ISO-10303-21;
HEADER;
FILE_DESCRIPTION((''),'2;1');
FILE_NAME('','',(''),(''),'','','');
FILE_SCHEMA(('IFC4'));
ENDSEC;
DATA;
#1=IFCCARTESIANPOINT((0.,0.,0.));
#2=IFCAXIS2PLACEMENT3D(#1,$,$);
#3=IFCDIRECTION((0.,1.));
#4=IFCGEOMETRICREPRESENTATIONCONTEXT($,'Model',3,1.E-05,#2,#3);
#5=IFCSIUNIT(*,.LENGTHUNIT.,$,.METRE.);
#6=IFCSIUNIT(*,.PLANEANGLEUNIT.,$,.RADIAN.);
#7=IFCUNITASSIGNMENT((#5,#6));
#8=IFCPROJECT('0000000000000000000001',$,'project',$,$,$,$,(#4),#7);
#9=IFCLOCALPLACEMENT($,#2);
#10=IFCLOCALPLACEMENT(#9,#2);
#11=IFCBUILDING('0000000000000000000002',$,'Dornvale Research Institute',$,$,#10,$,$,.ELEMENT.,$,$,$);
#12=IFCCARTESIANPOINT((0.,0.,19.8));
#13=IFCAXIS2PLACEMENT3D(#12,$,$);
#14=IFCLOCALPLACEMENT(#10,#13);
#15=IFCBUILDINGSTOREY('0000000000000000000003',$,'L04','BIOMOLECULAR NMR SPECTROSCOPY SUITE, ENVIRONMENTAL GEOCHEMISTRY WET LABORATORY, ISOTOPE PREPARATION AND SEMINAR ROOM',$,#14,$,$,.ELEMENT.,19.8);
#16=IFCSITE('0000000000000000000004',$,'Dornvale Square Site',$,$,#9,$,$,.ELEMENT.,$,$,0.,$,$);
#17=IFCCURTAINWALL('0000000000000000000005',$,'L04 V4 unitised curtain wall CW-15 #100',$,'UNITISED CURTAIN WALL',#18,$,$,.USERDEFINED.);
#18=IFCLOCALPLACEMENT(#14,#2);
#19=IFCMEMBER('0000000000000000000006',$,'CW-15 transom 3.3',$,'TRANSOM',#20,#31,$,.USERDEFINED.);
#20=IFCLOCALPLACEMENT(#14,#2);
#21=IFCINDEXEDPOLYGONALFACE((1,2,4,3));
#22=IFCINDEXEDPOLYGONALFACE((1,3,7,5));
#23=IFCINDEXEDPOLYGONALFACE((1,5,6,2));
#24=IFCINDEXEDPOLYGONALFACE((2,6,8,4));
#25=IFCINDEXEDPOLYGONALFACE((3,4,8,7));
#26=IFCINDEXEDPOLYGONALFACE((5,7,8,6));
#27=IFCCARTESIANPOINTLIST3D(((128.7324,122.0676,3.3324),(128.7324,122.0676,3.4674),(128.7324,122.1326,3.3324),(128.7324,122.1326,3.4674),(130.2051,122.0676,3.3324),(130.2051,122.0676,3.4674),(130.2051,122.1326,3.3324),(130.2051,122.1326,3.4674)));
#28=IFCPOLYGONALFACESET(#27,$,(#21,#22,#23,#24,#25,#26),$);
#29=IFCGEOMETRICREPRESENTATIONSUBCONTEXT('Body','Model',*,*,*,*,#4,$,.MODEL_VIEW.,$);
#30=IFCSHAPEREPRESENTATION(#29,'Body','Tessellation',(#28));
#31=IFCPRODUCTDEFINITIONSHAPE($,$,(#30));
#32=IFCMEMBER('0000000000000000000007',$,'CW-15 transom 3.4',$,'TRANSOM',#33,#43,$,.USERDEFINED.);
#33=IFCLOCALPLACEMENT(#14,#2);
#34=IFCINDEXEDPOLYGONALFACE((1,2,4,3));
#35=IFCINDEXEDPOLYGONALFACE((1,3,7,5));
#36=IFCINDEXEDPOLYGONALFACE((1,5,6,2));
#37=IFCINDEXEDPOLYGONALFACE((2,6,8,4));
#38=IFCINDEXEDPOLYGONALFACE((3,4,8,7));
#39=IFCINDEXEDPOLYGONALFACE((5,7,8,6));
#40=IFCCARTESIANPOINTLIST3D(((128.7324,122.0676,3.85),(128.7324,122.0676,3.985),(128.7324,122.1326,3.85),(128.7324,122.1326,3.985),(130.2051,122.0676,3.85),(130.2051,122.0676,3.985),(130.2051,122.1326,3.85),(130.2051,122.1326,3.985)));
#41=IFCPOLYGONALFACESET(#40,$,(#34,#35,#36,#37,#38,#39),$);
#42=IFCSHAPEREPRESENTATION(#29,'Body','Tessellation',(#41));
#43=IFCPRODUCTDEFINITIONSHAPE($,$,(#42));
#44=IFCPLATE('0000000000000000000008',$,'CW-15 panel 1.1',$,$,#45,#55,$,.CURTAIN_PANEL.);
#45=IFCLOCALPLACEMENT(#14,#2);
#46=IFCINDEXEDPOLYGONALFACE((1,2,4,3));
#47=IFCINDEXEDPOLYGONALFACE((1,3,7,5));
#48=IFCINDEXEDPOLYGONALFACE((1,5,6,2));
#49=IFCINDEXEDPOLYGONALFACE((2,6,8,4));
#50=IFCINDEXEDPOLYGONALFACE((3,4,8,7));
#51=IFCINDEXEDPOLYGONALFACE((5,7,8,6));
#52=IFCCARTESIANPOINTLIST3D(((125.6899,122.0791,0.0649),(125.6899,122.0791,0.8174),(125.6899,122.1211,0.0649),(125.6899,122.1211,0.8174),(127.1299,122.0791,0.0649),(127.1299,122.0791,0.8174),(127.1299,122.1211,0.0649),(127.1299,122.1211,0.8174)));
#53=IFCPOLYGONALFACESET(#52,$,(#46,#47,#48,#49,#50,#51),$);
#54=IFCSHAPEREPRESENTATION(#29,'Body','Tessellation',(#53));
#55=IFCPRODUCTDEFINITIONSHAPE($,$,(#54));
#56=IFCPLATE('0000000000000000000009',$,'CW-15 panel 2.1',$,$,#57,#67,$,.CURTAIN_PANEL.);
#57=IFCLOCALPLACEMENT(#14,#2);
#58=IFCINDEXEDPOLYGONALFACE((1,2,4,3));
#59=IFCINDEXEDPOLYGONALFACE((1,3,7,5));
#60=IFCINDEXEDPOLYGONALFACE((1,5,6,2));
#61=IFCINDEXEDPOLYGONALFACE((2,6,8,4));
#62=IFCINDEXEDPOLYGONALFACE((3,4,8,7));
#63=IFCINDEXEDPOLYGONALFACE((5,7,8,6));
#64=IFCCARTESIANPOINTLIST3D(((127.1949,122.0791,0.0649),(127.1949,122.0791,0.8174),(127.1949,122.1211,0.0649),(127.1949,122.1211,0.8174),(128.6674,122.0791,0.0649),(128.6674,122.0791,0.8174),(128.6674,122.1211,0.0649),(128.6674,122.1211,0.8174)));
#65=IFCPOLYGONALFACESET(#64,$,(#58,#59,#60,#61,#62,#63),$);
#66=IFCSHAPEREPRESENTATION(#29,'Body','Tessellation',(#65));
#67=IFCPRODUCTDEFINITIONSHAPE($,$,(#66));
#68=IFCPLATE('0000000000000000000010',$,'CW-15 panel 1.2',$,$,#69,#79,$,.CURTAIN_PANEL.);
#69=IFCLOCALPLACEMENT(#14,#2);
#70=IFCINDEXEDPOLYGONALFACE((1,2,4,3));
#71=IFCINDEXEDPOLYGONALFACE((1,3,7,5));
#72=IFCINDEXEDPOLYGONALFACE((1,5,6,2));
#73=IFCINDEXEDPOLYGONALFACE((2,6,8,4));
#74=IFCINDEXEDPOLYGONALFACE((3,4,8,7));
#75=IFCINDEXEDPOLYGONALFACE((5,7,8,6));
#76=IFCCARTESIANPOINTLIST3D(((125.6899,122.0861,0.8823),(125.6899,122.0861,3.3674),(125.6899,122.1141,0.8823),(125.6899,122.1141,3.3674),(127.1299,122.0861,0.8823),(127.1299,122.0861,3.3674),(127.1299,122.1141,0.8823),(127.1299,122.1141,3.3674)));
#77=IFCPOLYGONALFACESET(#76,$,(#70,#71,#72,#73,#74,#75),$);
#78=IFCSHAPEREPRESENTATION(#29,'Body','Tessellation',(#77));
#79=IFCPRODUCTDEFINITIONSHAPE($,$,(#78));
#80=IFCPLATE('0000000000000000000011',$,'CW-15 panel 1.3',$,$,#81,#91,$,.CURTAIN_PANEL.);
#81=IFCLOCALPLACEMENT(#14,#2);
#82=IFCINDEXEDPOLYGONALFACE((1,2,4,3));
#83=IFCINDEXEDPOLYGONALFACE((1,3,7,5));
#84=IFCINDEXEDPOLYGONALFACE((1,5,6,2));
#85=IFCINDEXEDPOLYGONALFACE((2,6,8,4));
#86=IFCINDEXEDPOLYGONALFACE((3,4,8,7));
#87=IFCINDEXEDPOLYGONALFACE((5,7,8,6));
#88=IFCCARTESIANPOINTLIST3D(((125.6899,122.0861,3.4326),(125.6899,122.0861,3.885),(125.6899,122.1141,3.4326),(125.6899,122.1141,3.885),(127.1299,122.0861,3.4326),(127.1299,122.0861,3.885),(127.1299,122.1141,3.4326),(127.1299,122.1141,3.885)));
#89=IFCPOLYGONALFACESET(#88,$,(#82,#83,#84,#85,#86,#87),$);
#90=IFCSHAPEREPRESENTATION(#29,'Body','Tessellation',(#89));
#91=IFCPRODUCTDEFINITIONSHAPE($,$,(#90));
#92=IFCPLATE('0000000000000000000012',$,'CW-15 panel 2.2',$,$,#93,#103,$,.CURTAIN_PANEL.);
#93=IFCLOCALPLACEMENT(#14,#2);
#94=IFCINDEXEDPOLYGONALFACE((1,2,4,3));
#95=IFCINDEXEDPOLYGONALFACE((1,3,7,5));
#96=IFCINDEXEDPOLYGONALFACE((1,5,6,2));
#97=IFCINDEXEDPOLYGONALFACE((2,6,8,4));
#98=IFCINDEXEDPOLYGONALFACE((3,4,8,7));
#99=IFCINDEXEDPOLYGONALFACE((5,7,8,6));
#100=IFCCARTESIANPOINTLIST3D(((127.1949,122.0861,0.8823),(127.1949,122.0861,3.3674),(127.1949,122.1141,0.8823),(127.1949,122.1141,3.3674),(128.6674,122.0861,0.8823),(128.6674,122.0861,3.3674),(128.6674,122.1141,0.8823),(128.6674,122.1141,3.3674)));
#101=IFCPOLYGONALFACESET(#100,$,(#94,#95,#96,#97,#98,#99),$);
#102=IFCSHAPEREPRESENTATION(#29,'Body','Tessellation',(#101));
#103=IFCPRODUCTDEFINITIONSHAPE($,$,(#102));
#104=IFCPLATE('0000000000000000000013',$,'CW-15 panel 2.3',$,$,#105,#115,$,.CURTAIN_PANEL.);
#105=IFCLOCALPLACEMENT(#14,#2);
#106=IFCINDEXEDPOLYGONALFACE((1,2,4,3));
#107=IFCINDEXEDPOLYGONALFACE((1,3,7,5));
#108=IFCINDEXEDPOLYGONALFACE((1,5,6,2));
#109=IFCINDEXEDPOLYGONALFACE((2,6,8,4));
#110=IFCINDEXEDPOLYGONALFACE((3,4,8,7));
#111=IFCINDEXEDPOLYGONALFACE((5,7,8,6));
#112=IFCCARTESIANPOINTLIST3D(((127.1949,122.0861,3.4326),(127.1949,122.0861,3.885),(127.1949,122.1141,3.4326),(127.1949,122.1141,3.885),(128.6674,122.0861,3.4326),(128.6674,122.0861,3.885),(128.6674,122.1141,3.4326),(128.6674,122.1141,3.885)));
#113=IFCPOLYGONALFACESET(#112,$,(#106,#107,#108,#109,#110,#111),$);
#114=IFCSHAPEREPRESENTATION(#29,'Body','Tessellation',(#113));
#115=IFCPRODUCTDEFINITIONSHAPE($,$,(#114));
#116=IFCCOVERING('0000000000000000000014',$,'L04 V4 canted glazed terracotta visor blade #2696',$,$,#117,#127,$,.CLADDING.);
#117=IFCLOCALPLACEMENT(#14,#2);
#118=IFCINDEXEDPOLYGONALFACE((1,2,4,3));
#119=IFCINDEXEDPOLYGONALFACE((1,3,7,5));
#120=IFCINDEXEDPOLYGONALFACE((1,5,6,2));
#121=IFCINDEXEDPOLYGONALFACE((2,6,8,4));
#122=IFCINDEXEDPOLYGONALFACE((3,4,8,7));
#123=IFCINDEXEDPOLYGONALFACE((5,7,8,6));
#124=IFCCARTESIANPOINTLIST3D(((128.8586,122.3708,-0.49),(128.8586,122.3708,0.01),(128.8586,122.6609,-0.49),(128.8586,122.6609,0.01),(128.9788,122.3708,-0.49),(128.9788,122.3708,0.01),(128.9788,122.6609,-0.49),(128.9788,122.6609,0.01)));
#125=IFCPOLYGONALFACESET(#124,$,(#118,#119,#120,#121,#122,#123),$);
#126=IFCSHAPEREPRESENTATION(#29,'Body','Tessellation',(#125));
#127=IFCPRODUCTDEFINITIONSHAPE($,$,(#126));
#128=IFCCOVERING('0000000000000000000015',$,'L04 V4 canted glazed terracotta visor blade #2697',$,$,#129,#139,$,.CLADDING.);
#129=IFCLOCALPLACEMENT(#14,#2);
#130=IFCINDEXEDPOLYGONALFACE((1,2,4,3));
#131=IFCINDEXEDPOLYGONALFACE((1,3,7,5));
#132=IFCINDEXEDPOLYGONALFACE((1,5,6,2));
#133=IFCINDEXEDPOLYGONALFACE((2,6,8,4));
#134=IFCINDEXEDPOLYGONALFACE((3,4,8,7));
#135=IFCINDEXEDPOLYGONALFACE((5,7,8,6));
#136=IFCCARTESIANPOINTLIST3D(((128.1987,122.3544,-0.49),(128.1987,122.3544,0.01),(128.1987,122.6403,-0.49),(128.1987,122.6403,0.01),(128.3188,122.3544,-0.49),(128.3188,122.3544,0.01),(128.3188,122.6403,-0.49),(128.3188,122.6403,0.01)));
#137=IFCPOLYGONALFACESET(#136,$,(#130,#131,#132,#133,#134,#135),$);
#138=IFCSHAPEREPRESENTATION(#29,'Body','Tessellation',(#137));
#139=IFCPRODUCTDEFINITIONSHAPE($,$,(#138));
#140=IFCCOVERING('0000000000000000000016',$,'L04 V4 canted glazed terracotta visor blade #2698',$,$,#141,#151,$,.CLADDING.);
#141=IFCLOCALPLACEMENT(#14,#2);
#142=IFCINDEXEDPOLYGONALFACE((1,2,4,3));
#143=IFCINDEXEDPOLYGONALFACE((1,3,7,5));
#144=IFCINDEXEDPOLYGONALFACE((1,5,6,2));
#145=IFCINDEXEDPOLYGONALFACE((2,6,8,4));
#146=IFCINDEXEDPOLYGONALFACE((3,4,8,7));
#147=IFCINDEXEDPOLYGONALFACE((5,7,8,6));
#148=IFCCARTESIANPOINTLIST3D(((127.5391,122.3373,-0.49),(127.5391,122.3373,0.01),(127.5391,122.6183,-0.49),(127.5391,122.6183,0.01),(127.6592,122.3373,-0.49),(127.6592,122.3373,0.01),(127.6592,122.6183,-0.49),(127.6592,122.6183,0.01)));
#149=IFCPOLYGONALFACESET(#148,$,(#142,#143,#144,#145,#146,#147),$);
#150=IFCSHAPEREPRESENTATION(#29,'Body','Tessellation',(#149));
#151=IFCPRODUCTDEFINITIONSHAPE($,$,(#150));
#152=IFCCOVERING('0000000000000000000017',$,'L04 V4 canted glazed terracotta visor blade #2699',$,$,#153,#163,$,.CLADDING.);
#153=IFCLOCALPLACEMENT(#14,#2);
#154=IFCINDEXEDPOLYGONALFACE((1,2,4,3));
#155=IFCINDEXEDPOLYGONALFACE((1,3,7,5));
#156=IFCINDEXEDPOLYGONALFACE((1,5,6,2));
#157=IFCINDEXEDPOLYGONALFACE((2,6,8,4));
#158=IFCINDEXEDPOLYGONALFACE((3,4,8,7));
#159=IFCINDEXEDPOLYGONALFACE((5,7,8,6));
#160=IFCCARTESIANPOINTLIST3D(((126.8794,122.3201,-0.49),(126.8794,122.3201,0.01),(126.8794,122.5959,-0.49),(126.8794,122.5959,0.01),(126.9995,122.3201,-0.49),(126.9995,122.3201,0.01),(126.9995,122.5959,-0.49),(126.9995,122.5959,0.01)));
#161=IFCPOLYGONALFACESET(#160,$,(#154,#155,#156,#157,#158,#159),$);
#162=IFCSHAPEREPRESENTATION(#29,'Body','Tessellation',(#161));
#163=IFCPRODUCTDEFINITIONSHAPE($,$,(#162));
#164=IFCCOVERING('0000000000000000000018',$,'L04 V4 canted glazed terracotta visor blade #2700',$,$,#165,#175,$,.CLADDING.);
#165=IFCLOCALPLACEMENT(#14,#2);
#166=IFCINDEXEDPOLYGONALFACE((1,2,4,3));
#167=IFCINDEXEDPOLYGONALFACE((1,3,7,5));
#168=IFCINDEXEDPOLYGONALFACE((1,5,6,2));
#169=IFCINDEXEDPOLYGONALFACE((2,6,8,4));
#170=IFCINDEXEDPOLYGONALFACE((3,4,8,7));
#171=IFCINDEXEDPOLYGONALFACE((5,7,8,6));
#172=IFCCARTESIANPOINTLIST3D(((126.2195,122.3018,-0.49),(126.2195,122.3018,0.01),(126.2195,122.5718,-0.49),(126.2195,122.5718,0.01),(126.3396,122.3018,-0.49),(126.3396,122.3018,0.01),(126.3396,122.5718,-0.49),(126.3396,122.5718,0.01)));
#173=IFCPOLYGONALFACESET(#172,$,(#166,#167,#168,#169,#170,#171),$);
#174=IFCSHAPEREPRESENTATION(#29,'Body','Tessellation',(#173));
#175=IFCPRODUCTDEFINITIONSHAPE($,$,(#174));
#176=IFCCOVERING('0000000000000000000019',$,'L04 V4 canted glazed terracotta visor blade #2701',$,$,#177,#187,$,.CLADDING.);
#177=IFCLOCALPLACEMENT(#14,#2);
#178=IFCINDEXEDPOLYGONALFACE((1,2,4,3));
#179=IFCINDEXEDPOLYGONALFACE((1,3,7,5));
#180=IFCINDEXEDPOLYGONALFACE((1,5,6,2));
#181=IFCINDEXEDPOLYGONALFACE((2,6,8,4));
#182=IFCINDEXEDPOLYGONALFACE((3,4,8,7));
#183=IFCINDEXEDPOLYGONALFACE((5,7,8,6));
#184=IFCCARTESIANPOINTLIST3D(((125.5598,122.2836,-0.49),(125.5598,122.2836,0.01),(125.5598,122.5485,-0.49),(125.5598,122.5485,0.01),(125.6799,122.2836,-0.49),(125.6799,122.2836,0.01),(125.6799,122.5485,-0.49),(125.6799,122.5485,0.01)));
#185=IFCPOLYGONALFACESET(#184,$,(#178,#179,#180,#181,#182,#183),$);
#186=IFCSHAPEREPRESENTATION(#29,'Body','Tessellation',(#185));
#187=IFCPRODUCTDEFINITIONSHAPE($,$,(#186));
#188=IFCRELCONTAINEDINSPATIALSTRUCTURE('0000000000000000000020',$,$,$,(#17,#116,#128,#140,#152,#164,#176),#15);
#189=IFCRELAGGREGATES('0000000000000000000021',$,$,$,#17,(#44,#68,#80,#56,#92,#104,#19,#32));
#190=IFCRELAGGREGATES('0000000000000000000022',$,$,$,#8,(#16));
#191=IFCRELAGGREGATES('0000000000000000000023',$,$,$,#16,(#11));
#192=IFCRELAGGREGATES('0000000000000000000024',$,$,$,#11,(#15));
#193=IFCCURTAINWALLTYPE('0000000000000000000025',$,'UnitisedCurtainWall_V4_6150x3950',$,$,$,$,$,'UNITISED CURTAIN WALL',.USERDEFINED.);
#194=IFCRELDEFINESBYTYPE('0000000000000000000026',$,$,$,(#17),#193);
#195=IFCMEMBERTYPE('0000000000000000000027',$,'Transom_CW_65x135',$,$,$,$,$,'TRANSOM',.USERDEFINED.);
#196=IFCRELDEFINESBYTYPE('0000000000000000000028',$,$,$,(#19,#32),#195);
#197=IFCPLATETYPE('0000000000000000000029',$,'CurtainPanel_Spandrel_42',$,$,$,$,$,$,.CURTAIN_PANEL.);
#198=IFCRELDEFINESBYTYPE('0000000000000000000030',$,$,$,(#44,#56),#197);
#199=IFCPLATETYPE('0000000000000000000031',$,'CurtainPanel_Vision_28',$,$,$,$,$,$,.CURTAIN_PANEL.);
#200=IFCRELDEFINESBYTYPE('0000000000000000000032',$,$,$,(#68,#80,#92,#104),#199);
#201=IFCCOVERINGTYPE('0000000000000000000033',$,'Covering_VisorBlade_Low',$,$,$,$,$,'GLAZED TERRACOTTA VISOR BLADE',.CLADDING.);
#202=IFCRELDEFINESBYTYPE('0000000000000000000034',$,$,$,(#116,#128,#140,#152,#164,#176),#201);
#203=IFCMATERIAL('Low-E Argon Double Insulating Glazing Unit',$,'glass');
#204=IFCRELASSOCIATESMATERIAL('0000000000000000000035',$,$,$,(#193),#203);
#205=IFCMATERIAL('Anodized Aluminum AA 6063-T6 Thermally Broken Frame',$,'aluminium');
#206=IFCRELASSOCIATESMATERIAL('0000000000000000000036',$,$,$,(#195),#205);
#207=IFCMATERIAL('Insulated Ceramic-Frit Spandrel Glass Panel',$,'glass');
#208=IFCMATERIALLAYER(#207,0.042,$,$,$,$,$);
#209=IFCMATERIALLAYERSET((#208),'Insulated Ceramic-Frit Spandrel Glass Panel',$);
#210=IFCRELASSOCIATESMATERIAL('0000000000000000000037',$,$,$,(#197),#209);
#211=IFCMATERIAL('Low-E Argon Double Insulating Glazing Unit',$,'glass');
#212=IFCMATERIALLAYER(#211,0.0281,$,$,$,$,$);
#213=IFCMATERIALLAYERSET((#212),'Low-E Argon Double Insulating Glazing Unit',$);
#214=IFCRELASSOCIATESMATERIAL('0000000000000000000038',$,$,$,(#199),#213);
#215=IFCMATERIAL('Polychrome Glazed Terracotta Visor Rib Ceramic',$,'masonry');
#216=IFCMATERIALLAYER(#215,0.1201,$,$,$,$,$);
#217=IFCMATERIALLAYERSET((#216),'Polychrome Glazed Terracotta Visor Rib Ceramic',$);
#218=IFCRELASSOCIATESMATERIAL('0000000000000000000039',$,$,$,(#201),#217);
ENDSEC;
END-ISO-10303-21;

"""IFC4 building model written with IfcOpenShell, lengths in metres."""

from ifc_helpers import new_model, si_unit, direction, frame, origin, origin_2d, place, context, subcontext, project, spatial, rectangle, extrude, material, layer, layer_set, material_profile, profile_set, type_object, element, aggregate, save


model = new_model("IFC4")

# Units and contexts
model_context = context("Model", 3, precision=1e-05, world=origin(), true_north=direction((0.0, 1.0)))
body_context = subcontext(model_context, "Body", "Model", "MODEL_VIEW")
ifc_project = project(units=[si_unit("LENGTHUNIT", "METRE"), si_unit("PLANEANGLEUNIT", "RADIAN")], contexts=[model_context])

# Site, building, storey
site_placement = place(None, origin())
site = spatial("IfcSite", under=ifc_project, at=site_placement, Name="Dornvale Square Site", CompositionType="ELEMENT", RefElevation=0.0)
building_placement = place(site_placement, origin())
building = spatial("IfcBuilding", under=site, at=building_placement, Name="Dornvale Research Institute", CompositionType="ELEMENT")
storey_placement = place(building_placement, frame((0.0, 0.0, 19.8)))
storey = spatial("IfcBuildingStorey", under=building, at=storey_placement, Name="L04", Description="BIOMOLECULAR NMR SPECTROSCOPY SUITE, ENVIRONMENTAL GEOCHEMISTRY WET LABORATORY, ISOTOPE PREPARATION AND SEMINAR ROOM", CompositionType="ELEMENT", Elevation=19.8)

# Curtain wall
ifc_material_1 = material(Name="Low-E Argon Double Insulating Glazing Unit", Category="glass")
curtain_wall_type = type_object("IfcCurtainWallType", Name="UnitisedCurtainWall_V4_6150x3950", ElementType="UNITISED CURTAIN WALL", PredefinedType="USERDEFINED", material=ifc_material_1)
curtain_wall_placement = place(storey_placement, origin())
curtain_wall = element("IfcCurtainWall", 1, at=curtain_wall_placement, inside=storey, type_object=curtain_wall_type, Name="L04 V4 unitised curtain wall CW-15 #100", ObjectType="UNITISED CURTAIN WALL", PredefinedType="USERDEFINED")

# Members
ifc_material_2 = material(Name="Anodized Aluminum AA 6063-T6 Thermally Broken Frame", Category="aluminium")
ifc_material_profile_1 = material_profile(ifc_material_2, rectangle(XDim=0.0649, YDim=0.135, at=origin_2d()), Name="ALU TRANSOM 65x135")
ifc_profile_set_1 = profile_set([ifc_material_profile_1], Name="Anodized Aluminum AA 6063-T6 Thermally Broken Frame")
member_type_1 = type_object("IfcMemberType", Name="Transom_CW_65x135", ElementType="TRANSOM", PredefinedType="USERDEFINED", material=ifc_profile_set_1)
member_1_placement = place(storey_placement, frame((128.7324, 122.1001, 3.3999), z_axis=(1.0, 0.0, 0.0), x_axis=(0.0, 1.0, 0.0)))
member_1 = element("IfcMember", 2, at=member_1_placement, type_object=member_type_1, Name="CW-15 transom 3.3", ObjectType="TRANSOM", PredefinedType="USERDEFINED", context=body_context, shape_type="SweptSolid", body=[
    extrude(rectangle(XDim=0.0649, YDim=0.135, at=origin_2d()), origin(), (0.0, 0.0, 1.0), 1.4727),
])
member_2_placement = place(storey_placement, frame((128.7324, 122.1001, 3.9175), z_axis=(1.0, 0.0, 0.0), x_axis=(0.0, 1.0, 0.0)))
member_2 = element("IfcMember", 3, at=member_2_placement, type_object=member_type_1, Name="CW-15 transom 3.4", ObjectType="TRANSOM", PredefinedType="USERDEFINED", context=body_context, shape_type="SweptSolid", body=[
    extrude(rectangle(XDim=0.0649, YDim=0.135, at=origin_2d()), origin(), (0.0, 0.0, 1.0), 1.4727),
])

# Plates
ifc_material_3 = material(Name="Insulated Ceramic-Frit Spandrel Glass Panel", Category="glass")
ifc_layer_1 = layer(ifc_material_3, 0.042)
ifc_layer_set_1 = layer_set([ifc_layer_1], Name="Insulated Ceramic-Frit Spandrel Glass Panel")
plate_type_1 = type_object("IfcPlateType", Name="CurtainPanel_Spandrel_42", PredefinedType="CURTAIN_PANEL", material=ifc_layer_set_1)
plate_1_placement = place(storey_placement, frame((126.4099, 122.1001, 0.0649), z_axis=(0.0, 0.0, 1.0), x_axis=(1.0, 0.0, 0.0)))
plate_1 = element("IfcPlate", 4, at=plate_1_placement, type_object=plate_type_1, Name="CW-15 panel 1.1", PredefinedType="CURTAIN_PANEL", context=body_context, shape_type="SweptSolid", body=[
    extrude(rectangle(XDim=1.4399, YDim=0.042, at=origin_2d()), origin(), (0.0, 0.0, 1.0), 0.7524),
])
plate_2_placement = place(storey_placement, frame((127.9312, 122.1001, 0.0649), z_axis=(0.0, 0.0, 1.0), x_axis=(1.0, 0.0, 0.0)))
plate_2 = element("IfcPlate", 5, at=plate_2_placement, type_object=plate_type_1, Name="CW-15 panel 2.1", PredefinedType="CURTAIN_PANEL", context=body_context, shape_type="SweptSolid", body=[
    extrude(rectangle(XDim=1.4724, YDim=0.042, at=origin_2d()), origin(), (0.0, 0.0, 1.0), 0.7524),
])
ifc_material_4 = material(Name="Low-E Argon Double Insulating Glazing Unit", Category="glass")
ifc_layer_2 = layer(ifc_material_4, 0.0281)
ifc_layer_set_2 = layer_set([ifc_layer_2], Name="Low-E Argon Double Insulating Glazing Unit")
plate_type_2 = type_object("IfcPlateType", Name="CurtainPanel_Vision_28", PredefinedType="CURTAIN_PANEL", material=ifc_layer_set_2)
plate_3_placement = place(storey_placement, frame((126.4099, 122.1001, 0.8823), z_axis=(0.0, 0.0, 1.0), x_axis=(1.0, 0.0, 0.0)))
plate_3 = element("IfcPlate", 6, at=plate_3_placement, type_object=plate_type_2, Name="CW-15 panel 1.2", PredefinedType="CURTAIN_PANEL", context=body_context, shape_type="SweptSolid", body=[
    extrude(rectangle(XDim=1.4399, YDim=0.0281, at=origin_2d()), origin(), (0.0, 0.0, 1.0), 2.4851),
])
plate_4_placement = place(storey_placement, frame((126.4099, 122.1001, 3.4326), z_axis=(0.0, 0.0, 1.0), x_axis=(1.0, 0.0, 0.0)))
plate_4 = element("IfcPlate", 7, at=plate_4_placement, type_object=plate_type_2, Name="CW-15 panel 1.3", PredefinedType="CURTAIN_PANEL", context=body_context, shape_type="SweptSolid", body=[
    extrude(rectangle(XDim=1.4399, YDim=0.0281, at=origin_2d()), origin(), (0.0, 0.0, 1.0), 0.4524),
])
plate_5_placement = place(storey_placement, frame((127.9312, 122.1001, 0.8823), z_axis=(0.0, 0.0, 1.0), x_axis=(1.0, 0.0, 0.0)))
plate_5 = element("IfcPlate", 8, at=plate_5_placement, type_object=plate_type_2, Name="CW-15 panel 2.2", PredefinedType="CURTAIN_PANEL", context=body_context, shape_type="SweptSolid", body=[
    extrude(rectangle(XDim=1.4724, YDim=0.0281, at=origin_2d()), origin(), (0.0, 0.0, 1.0), 2.4851),
])
plate_6_placement = place(storey_placement, frame((127.9312, 122.1001, 3.4326), z_axis=(0.0, 0.0, 1.0), x_axis=(1.0, 0.0, 0.0)))
plate_6 = element("IfcPlate", 9, at=plate_6_placement, type_object=plate_type_2, Name="CW-15 panel 2.3", PredefinedType="CURTAIN_PANEL", context=body_context, shape_type="SweptSolid", body=[
    extrude(rectangle(XDim=1.4724, YDim=0.0281, at=origin_2d()), origin(), (0.0, 0.0, 1.0), 0.4524),
])
aggregate(curtain_wall, [plate_1, plate_3, plate_4, plate_2, plate_5, plate_6, member_1, member_2])

# Coverings
ifc_material_5 = material(Name="Polychrome Glazed Terracotta Visor Rib Ceramic", Category="masonry")
ifc_layer_3 = layer(ifc_material_5, 0.1201)
ifc_layer_set_3 = layer_set([ifc_layer_3], Name="Polychrome Glazed Terracotta Visor Rib Ceramic")
covering_type = type_object("IfcCoveringType", Name="Covering_VisorBlade_Low", ElementType="GLAZED TERRACOTTA VISOR BLADE", PredefinedType="CLADDING", material=ifc_layer_set_3)
covering_1_placement = place(storey_placement, frame((128.9187, 122.5159, -0.49), z_axis=(0.0, 0.0, 1.0), x_axis=(0.0, 1.0, 0.0)))
element("IfcCovering", 10, at=covering_1_placement, inside=storey, type_object=covering_type, Name="L04 V4 canted glazed terracotta visor blade #2696", PredefinedType="CLADDING", context=body_context, shape_type="SweptSolid", body=[
    extrude(rectangle(XDim=0.29, YDim=0.1201, at=origin_2d()), origin(), (0.0, 0.0, 1.0), 0.5),
])
covering_2_placement = place(storey_placement, frame((128.2588, 122.4973, -0.49), z_axis=(0.0, 0.0, 1.0), x_axis=(0.0, 1.0, 0.0)))
element("IfcCovering", 11, at=covering_2_placement, inside=storey, type_object=covering_type, Name="L04 V4 canted glazed terracotta visor blade #2697", PredefinedType="CLADDING", context=body_context, shape_type="SweptSolid", body=[
    extrude(rectangle(XDim=0.2859, YDim=0.1201, at=origin_2d()), origin(), (0.0, 0.0, 1.0), 0.5),
])
covering_3_placement = place(storey_placement, frame((127.5991, 122.4778, -0.49), z_axis=(0.0, 0.0, 1.0), x_axis=(0.0, 1.0, 0.0)))
element("IfcCovering", 12, at=covering_3_placement, inside=storey, type_object=covering_type, Name="L04 V4 canted glazed terracotta visor blade #2698", PredefinedType="CLADDING", context=body_context, shape_type="SweptSolid", body=[
    extrude(rectangle(XDim=0.281, YDim=0.1201, at=origin_2d()), origin(), (0.0, 0.0, 1.0), 0.5),
])
covering_4_placement = place(storey_placement, frame((126.9395, 122.458, -0.49), z_axis=(0.0, 0.0, 1.0), x_axis=(0.0, 1.0, 0.0)))
element("IfcCovering", 13, at=covering_4_placement, inside=storey, type_object=covering_type, Name="L04 V4 canted glazed terracotta visor blade #2699", PredefinedType="CLADDING", context=body_context, shape_type="SweptSolid", body=[
    extrude(rectangle(XDim=0.2759, YDim=0.1201, at=origin_2d()), origin(), (0.0, 0.0, 1.0), 0.5),
])
covering_5_placement = place(storey_placement, frame((126.2795, 122.4368, -0.49), z_axis=(0.0, 0.0, 1.0), x_axis=(0.0, 1.0, 0.0)))
element("IfcCovering", 14, at=covering_5_placement, inside=storey, type_object=covering_type, Name="L04 V4 canted glazed terracotta visor blade #2700", PredefinedType="CLADDING", context=body_context, shape_type="SweptSolid", body=[
    extrude(rectangle(XDim=0.27, YDim=0.1201, at=origin_2d()), origin(), (0.0, 0.0, 1.0), 0.5),
])
covering_6_placement = place(storey_placement, frame((125.6199, 122.416, -0.49), z_axis=(0.0, 0.0, 1.0), x_axis=(0.0, 1.0, 0.0)))
element("IfcCovering", 15, at=covering_6_placement, inside=storey, type_object=covering_type, Name="L04 V4 canted glazed terracotta visor blade #2701", PredefinedType="CLADDING", context=body_context, shape_type="SweptSolid", body=[
    extrude(rectangle(XDim=0.2649, YDim=0.1201, at=origin_2d()), origin(), (0.0, 0.0, 1.0), 0.5),
])

save(model, "model.ifc")
